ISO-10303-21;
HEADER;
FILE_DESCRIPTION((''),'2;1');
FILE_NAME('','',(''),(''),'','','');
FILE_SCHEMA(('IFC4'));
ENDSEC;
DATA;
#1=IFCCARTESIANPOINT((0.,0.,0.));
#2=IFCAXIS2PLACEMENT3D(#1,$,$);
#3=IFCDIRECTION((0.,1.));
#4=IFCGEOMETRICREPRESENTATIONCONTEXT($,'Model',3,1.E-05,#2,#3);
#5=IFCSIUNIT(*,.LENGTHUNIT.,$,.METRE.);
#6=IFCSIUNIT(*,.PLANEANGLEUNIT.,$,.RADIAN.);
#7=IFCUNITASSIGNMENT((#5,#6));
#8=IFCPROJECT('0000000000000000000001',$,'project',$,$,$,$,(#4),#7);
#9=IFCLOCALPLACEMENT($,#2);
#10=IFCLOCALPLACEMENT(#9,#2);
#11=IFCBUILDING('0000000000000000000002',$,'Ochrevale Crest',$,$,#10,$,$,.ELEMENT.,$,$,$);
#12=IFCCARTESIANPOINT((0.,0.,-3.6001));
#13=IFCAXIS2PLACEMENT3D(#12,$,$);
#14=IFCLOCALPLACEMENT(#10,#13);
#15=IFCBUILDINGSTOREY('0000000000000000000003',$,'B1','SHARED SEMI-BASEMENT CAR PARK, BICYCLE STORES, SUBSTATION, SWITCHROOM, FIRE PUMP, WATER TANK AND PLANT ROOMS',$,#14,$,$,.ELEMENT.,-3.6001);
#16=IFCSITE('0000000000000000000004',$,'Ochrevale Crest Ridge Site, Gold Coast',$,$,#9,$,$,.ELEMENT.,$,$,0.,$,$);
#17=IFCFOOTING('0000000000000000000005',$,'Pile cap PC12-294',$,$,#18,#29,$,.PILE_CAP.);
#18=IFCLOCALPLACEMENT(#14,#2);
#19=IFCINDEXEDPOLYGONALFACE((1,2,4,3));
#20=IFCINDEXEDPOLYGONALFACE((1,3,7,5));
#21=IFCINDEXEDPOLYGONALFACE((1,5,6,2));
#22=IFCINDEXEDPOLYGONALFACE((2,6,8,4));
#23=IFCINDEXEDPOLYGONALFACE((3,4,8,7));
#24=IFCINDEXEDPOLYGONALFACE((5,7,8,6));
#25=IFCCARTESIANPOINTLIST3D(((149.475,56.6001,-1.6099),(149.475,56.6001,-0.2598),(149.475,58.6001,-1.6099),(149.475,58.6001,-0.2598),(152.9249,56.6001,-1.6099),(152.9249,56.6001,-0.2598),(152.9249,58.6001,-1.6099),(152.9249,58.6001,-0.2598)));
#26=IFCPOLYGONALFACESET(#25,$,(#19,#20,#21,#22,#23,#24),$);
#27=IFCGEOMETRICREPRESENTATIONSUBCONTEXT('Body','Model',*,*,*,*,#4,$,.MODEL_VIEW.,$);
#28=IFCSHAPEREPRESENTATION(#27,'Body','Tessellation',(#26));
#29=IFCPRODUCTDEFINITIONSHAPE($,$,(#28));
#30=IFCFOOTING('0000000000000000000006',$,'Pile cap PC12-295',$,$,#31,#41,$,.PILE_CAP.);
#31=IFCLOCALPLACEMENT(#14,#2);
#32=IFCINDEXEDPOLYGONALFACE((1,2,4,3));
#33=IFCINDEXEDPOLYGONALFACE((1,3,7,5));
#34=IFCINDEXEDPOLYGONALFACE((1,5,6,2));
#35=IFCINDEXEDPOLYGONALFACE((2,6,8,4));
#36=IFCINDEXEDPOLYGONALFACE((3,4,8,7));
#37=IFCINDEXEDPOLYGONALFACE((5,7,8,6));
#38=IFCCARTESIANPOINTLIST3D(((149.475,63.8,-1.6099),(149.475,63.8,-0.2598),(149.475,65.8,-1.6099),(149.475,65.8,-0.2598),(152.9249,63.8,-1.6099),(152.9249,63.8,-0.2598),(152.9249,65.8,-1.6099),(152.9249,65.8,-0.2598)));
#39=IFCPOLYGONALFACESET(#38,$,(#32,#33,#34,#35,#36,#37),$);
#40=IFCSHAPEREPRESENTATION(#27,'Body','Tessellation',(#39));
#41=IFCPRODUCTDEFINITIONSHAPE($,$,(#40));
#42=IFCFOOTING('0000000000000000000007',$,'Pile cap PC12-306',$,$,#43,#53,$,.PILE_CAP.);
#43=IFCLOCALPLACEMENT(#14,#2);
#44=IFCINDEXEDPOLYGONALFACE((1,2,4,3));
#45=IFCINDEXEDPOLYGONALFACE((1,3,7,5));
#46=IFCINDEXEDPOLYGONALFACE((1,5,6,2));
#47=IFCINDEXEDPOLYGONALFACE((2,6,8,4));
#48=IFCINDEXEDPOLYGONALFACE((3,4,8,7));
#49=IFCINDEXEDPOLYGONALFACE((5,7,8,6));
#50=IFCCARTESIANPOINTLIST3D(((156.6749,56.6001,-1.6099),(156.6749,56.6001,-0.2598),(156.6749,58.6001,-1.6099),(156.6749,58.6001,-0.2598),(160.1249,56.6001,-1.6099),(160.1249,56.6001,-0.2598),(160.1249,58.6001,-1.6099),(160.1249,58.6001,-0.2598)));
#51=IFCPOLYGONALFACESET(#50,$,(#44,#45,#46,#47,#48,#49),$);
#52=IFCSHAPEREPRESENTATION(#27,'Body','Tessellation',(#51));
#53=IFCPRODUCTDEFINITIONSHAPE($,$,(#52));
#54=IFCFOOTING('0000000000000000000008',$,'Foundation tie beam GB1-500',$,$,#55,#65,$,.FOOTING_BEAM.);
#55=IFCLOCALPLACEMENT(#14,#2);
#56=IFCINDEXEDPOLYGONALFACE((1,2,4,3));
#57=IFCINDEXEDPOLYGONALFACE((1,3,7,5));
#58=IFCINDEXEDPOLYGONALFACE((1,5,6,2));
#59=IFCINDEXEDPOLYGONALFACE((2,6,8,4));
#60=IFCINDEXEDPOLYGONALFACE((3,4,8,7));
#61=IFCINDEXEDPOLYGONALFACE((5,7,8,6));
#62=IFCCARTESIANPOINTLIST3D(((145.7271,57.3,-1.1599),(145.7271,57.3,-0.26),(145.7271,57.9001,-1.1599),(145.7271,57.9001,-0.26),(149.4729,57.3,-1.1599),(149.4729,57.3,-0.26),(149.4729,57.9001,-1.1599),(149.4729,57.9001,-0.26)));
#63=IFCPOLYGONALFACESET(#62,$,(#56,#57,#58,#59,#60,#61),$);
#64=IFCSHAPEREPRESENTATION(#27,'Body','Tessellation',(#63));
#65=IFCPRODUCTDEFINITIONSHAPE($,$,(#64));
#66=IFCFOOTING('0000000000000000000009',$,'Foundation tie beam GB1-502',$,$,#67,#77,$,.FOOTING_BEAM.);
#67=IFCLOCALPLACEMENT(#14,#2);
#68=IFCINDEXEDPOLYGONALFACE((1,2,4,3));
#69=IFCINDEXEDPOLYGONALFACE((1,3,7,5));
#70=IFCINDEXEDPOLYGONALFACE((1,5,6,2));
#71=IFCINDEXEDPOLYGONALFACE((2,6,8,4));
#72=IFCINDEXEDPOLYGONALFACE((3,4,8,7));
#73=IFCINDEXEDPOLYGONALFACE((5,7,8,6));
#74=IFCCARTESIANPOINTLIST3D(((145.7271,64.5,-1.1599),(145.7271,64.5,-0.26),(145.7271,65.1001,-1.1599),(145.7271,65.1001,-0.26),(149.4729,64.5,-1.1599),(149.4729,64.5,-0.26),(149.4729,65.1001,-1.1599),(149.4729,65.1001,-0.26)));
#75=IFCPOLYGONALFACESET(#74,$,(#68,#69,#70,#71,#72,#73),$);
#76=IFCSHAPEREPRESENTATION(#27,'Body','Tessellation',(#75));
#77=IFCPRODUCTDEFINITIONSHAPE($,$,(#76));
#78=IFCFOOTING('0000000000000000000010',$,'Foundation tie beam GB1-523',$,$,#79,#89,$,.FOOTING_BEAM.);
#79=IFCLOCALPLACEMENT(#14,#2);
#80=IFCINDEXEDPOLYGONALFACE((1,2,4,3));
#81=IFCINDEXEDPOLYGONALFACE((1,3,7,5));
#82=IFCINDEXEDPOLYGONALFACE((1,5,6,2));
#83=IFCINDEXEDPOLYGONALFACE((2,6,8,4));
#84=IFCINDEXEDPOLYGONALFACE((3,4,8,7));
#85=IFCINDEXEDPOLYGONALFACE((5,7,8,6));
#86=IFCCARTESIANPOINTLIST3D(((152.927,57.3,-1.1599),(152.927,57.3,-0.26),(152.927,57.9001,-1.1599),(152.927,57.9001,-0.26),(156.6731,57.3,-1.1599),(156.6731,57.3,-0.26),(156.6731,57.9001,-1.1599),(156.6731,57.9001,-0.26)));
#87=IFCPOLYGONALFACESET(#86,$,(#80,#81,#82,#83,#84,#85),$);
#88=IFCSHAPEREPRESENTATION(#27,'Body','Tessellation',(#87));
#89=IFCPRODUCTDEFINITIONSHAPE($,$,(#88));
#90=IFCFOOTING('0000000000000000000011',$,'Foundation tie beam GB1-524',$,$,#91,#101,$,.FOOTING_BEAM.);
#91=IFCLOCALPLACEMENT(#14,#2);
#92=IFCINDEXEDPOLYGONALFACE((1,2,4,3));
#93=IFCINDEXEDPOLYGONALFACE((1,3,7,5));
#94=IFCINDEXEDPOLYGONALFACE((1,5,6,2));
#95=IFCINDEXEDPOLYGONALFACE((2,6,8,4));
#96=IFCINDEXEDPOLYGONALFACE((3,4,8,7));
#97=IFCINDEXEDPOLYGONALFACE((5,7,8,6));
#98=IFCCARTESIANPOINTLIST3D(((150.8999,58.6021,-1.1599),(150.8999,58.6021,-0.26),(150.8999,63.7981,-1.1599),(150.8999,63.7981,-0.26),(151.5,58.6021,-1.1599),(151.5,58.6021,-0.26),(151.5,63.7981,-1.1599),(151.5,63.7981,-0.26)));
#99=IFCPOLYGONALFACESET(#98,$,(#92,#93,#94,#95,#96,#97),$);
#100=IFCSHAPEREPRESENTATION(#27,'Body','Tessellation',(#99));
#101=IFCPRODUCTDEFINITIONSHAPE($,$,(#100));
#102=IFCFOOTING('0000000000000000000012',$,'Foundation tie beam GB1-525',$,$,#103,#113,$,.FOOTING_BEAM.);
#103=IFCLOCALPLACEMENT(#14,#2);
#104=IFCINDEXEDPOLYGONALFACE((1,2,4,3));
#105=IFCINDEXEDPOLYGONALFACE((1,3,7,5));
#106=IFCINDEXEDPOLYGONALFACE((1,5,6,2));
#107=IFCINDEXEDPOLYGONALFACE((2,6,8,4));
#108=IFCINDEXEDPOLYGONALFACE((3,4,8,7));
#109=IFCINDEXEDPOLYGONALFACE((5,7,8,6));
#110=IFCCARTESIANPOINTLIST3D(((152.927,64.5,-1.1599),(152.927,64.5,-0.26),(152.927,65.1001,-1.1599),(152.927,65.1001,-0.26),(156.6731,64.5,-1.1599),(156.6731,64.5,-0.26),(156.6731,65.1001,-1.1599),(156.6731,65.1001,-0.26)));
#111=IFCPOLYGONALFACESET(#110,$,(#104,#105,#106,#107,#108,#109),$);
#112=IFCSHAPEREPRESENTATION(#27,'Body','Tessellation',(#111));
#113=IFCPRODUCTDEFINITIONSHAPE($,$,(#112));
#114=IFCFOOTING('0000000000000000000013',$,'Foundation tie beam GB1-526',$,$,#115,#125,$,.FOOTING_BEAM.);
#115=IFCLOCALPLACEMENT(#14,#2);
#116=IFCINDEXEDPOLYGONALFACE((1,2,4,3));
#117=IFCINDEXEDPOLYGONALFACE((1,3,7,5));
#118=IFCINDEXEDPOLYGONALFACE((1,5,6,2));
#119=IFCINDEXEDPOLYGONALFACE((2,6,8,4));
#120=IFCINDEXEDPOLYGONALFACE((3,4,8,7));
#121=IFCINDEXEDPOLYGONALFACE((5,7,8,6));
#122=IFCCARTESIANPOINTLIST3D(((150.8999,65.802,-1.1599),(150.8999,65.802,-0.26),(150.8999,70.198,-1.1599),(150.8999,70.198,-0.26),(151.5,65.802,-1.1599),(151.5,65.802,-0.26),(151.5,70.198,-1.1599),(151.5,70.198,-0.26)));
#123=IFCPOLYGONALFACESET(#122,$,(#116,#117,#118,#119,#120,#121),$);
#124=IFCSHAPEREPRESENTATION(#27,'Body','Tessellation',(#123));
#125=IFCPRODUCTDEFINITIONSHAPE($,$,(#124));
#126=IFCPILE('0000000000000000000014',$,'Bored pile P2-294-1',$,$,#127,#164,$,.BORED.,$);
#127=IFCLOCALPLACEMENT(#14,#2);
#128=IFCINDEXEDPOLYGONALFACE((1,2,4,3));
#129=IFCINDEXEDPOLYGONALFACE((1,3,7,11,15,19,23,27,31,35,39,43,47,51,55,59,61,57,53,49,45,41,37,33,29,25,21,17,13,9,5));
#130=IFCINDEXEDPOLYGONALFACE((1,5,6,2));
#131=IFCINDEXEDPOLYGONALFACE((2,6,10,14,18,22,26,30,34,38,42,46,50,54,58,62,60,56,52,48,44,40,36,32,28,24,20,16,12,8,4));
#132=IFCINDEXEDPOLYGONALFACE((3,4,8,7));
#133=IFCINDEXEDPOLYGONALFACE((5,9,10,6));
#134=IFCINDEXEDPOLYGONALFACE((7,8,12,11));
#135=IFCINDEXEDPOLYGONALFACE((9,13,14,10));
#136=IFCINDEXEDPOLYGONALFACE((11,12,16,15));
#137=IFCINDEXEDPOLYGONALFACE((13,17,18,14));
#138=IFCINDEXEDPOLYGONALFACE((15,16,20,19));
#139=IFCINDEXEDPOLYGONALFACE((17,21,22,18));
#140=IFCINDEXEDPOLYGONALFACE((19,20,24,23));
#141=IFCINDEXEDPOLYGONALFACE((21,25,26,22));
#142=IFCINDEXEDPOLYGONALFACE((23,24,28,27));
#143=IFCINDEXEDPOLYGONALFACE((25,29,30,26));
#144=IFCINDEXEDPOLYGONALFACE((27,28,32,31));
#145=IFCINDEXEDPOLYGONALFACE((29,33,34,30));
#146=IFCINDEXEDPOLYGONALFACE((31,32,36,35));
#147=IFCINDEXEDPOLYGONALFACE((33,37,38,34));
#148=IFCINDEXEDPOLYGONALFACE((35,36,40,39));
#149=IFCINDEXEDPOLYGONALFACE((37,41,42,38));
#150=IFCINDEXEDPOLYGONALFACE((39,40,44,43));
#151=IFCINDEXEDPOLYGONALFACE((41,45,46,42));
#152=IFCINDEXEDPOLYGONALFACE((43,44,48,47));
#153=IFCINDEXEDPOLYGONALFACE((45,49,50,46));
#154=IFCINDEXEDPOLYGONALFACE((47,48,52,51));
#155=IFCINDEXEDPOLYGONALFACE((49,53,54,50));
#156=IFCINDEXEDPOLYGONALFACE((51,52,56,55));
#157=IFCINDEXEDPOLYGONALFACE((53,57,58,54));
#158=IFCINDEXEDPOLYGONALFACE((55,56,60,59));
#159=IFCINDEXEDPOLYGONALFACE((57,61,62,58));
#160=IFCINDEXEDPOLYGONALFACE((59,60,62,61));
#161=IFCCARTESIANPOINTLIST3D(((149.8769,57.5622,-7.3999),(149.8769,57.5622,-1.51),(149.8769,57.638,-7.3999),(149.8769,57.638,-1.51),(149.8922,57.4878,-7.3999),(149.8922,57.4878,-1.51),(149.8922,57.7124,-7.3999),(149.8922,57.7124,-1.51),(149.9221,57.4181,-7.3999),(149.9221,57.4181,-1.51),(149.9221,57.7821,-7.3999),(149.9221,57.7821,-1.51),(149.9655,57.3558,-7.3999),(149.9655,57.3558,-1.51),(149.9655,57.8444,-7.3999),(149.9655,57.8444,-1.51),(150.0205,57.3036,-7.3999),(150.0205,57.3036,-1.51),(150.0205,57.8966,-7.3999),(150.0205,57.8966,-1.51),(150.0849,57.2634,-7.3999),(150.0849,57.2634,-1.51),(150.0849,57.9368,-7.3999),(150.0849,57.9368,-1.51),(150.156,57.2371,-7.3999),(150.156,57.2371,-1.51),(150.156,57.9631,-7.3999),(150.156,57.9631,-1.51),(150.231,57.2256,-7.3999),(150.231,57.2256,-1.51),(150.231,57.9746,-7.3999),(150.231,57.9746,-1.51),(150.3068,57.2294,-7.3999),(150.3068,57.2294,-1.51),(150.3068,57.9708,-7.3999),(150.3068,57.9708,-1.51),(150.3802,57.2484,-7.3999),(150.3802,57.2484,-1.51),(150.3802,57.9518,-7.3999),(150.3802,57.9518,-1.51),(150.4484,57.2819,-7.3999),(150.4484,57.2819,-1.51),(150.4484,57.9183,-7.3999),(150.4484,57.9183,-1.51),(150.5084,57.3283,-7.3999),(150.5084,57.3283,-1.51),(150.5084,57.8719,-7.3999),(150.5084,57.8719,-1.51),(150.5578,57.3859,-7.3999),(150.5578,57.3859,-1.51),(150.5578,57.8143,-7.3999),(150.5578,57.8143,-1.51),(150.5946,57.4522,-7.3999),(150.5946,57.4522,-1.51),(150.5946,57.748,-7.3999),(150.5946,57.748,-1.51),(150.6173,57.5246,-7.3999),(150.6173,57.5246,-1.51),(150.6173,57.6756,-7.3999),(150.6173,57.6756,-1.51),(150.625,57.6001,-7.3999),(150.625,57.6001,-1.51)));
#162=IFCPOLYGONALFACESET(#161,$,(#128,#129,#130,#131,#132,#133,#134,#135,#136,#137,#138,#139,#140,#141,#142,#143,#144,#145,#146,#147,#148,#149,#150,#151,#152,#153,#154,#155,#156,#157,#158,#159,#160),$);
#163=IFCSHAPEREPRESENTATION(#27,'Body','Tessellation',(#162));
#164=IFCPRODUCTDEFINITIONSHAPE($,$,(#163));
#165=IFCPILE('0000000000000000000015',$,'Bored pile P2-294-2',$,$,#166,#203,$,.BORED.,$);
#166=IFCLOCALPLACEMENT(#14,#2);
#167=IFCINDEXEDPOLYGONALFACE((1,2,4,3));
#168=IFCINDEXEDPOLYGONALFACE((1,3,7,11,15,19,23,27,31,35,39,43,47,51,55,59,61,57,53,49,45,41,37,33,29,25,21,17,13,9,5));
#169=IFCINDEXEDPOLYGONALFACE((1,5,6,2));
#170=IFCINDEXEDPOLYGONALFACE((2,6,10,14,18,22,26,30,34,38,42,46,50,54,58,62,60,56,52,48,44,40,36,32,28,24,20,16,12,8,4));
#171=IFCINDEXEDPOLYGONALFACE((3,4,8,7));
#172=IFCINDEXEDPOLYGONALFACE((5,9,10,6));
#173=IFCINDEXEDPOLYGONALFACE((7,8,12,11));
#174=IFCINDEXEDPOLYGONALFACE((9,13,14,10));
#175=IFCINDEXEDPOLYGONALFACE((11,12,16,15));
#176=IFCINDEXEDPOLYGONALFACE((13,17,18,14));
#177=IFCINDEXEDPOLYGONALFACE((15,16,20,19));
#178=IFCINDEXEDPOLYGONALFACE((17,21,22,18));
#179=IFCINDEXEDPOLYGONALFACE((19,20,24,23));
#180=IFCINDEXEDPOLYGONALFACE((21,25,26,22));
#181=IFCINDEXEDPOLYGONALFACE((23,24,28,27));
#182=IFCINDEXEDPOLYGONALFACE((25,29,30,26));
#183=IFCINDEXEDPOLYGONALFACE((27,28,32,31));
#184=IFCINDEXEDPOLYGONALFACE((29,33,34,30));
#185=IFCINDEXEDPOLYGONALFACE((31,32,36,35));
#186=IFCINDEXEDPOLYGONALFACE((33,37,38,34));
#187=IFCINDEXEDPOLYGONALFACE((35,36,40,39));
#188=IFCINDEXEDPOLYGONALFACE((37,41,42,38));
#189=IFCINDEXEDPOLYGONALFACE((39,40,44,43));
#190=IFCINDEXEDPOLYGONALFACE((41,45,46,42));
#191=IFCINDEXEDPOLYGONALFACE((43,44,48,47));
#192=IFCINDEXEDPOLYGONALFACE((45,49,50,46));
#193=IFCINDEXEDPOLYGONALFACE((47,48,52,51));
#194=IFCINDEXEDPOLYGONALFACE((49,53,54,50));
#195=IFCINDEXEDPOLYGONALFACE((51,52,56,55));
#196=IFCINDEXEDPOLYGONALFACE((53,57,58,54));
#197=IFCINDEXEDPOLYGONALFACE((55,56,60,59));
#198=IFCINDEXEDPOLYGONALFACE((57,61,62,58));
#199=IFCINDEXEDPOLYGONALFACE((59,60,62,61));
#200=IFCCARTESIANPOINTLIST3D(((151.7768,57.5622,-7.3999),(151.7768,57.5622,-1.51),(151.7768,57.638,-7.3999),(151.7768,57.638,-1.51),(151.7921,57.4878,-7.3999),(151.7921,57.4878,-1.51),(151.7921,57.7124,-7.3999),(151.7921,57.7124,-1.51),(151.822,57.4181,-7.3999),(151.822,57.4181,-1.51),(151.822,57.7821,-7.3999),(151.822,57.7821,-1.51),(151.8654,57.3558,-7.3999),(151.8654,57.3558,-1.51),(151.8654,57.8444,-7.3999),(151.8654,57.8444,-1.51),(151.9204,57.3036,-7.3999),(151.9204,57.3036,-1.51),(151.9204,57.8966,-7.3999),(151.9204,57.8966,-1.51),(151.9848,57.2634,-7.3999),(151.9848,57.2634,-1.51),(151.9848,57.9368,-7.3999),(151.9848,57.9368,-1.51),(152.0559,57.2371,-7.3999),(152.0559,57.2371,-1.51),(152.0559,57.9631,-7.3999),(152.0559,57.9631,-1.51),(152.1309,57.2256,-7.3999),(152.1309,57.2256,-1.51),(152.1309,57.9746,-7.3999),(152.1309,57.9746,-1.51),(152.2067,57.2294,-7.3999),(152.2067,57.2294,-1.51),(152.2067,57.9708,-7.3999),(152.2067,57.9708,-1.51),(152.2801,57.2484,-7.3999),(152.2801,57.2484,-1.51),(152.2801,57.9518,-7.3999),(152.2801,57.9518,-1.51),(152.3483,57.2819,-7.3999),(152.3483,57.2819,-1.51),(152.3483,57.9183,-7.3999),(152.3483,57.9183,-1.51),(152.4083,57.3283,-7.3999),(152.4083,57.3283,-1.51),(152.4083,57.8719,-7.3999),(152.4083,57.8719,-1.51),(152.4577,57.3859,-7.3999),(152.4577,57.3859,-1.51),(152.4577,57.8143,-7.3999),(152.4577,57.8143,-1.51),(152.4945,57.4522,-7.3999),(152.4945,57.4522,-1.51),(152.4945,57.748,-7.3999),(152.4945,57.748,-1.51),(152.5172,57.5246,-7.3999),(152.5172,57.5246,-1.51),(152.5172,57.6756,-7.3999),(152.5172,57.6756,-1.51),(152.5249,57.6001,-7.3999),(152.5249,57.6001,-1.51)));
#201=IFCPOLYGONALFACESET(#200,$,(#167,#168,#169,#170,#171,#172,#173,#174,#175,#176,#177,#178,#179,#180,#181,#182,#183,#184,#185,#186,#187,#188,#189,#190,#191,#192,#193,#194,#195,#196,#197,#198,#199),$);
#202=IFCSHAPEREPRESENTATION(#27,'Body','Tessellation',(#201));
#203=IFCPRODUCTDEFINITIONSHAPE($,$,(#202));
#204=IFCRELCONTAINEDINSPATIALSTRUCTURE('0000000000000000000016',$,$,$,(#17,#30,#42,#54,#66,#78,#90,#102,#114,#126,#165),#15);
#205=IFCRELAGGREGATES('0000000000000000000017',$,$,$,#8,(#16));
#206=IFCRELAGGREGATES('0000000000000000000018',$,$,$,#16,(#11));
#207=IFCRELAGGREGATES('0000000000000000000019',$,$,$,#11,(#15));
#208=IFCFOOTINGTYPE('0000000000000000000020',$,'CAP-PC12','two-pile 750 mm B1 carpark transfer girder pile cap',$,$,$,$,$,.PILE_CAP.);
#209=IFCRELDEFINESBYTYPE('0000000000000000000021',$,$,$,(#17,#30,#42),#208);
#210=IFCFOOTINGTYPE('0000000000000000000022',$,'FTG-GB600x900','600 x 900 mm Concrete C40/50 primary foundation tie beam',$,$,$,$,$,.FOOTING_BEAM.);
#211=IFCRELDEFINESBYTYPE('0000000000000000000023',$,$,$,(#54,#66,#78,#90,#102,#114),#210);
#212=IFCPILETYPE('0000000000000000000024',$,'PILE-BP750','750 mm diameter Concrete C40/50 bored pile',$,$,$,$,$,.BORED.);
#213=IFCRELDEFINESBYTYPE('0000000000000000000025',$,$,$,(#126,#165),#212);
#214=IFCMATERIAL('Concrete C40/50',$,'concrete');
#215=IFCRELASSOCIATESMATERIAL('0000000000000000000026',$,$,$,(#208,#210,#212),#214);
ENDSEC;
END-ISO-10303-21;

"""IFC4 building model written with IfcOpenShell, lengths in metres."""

from ifc_helpers import new_model, si_unit, direction, frame, origin, origin_2d, place, context, subcontext, project, spatial, rectangle, circle, extrude, material, material_profile, profile_set, type_object, element, save


model = new_model("IFC4")

# Units and contexts
model_context = context("Model", 3, precision=1e-05, world=origin(), true_north=direction((0.0, 1.0)))
body_context = subcontext(model_context, "Body", "Model", "MODEL_VIEW")
ifc_project = project(units=[si_unit("LENGTHUNIT", "METRE"), si_unit("PLANEANGLEUNIT", "RADIAN")], contexts=[model_context])

# Site, building, storey
site_placement = place(None, origin())
site = spatial("IfcSite", under=ifc_project, at=site_placement, Name="Ochrevale Crest Ridge Site, Gold Coast", CompositionType="ELEMENT", RefElevation=0.0)
building_placement = place(site_placement, origin())
building = spatial("IfcBuilding", under=site, at=building_placement, Name="Ochrevale Crest", CompositionType="ELEMENT")
storey_placement = place(building_placement, frame((0.0, 0.0, -3.6001)))
storey = spatial("IfcBuildingStorey", under=building, at=storey_placement, Name="B1", Description="SHARED SEMI-BASEMENT CAR PARK, BICYCLE STORES, SUBSTATION, SWITCHROOM, FIRE PUMP, WATER TANK AND PLANT ROOMS", CompositionType="ELEMENT", Elevation=-3.6001)

# Footings
ifc_material_1 = material(Name="Concrete C40/50", Category="concrete")
footing_type_1 = type_object("IfcFootingType", Name="CAP-PC12", Description="two-pile 750 mm B1 carpark transfer girder pile cap", PredefinedType="PILE_CAP", material=ifc_material_1)
for number, where, z_axis, x_axis, name in (
    (1, (151.2, 57.6001, -1.6099), (0.0, 0.0, 1.0), (1.0, 0.0, 0.0), "Pile cap PC12-294"),
    (2, (151.2, 64.8, -1.6099), (0.0, 0.0, 1.0), (1.0, 0.0, 0.0), "Pile cap PC12-295"),
    (3, (158.3999, 57.6001, -1.6099), (0.0, 0.0, 1.0), (1.0, 0.0, 0.0), "Pile cap PC12-306"),
):
    element("IfcFooting", number, at=place(storey_placement, frame(where, z_axis=z_axis, x_axis=x_axis)), inside=storey, type_object=footing_type_1, Name=name, PredefinedType="PILE_CAP", context=body_context, shape_type="SweptSolid", body=[
        extrude(rectangle(XDim=3.45, YDim=2.0, at=origin_2d()), origin(), (0.0, 0.0, 1.0), 1.3501),
    ])
ifc_material_profile_1 = material_profile(ifc_material_1, rectangle(XDim=0.6001, YDim=0.8999, at=origin_2d()), Name="GB 600x900")
ifc_profile_set_1 = profile_set([ifc_material_profile_1], Name="Concrete C40/50")
footing_type_2 = type_object("IfcFootingType", Name="FTG-GB600x900", Description="600 x 900 mm Concrete C40/50 primary foundation tie beam", PredefinedType="FOOTING_BEAM", material=ifc_profile_set_1)
for number, where, z_axis, x_axis, name in (
    (4, (145.7271, 57.6001, -0.71), (1.0, 0.0, 0.0), (0.0, 1.0, 0.0), "Foundation tie beam GB1-500"),
    (5, (145.7271, 64.8, -0.71), (1.0, 0.0, 0.0), (0.0, 1.0, 0.0), "Foundation tie beam GB1-502"),
):
    element("IfcFooting", number, at=place(storey_placement, frame(where, z_axis=z_axis, x_axis=x_axis)), inside=storey, type_object=footing_type_2, Name=name, PredefinedType="FOOTING_BEAM", context=body_context, shape_type="SweptSolid", body=[
        extrude(rectangle(XDim=0.6001, YDim=0.8999, at=origin_2d()), origin(), (0.0, 0.0, 1.0), 3.7458),
    ])
footing_1_placement = place(storey_placement, frame((152.927, 57.6001, -0.71), z_axis=(1.0, 0.0, 0.0), x_axis=(0.0, 1.0, 0.0)))
element("IfcFooting", 6, at=footing_1_placement, inside=storey, type_object=footing_type_2, Name="Foundation tie beam GB1-523", PredefinedType="FOOTING_BEAM", context=body_context, shape_type="SweptSolid", body=[
    extrude(rectangle(XDim=0.6001, YDim=0.8999, at=origin_2d()), origin(), (0.0, 0.0, 1.0), 3.7461),
])
footing_2_placement = place(storey_placement, frame((151.2, 58.6021, -0.71), z_axis=(0.0, 1.0, 0.0), x_axis=(-1.0, 0.0, 0.0)))
element("IfcFooting", 7, at=footing_2_placement, inside=storey, type_object=footing_type_2, Name="Foundation tie beam GB1-524", PredefinedType="FOOTING_BEAM", context=body_context, shape_type="SweptSolid", body=[
    extrude(rectangle(XDim=0.6001, YDim=0.8999, at=origin_2d()), origin(), (0.0, 0.0, 1.0), 5.196),
])
footing_3_placement = place(storey_placement, frame((152.927, 64.8, -0.71), z_axis=(1.0, 0.0, 0.0), x_axis=(0.0, 1.0, 0.0)))
element("IfcFooting", 8, at=footing_3_placement, inside=storey, type_object=footing_type_2, Name="Foundation tie beam GB1-525", PredefinedType="FOOTING_BEAM", context=body_context, shape_type="SweptSolid", body=[
    extrude(rectangle(XDim=0.6001, YDim=0.8999, at=origin_2d()), origin(), (0.0, 0.0, 1.0), 3.7461),
])
footing_4_placement = place(storey_placement, frame((151.2, 65.802, -0.71), z_axis=(0.0, 1.0, 0.0), x_axis=(-1.0, 0.0, 0.0)))
element("IfcFooting", 9, at=footing_4_placement, inside=storey, type_object=footing_type_2, Name="Foundation tie beam GB1-526", PredefinedType="FOOTING_BEAM", context=body_context, shape_type="SweptSolid", body=[
    extrude(rectangle(XDim=0.6001, YDim=0.8999, at=origin_2d()), origin(), (0.0, 0.0, 1.0), 4.396),
])

# Piles
ifc_material_profile_2 = material_profile(ifc_material_1, circle(Radius=0.375, at=origin_2d()), Name="BORED PILE 750")
ifc_profile_set_2 = profile_set([ifc_material_profile_2], Name="Concrete C40/50")
pile_type = type_object("IfcPileType", Name="PILE-BP750", Description="750 mm diameter Concrete C40/50 bored pile", PredefinedType="BORED", material=ifc_profile_set_2)
for number, where, z_axis, x_axis, name in (
    (10, (150.25, 57.6001, -1.51), (0.0, 0.0, -1.0), (1.0, 0.0, 0.0), "Bored pile P2-294-1"),
    (11, (152.1499, 57.6001, -1.51), (0.0, 0.0, -1.0), (1.0, 0.0, 0.0), "Bored pile P2-294-2"),
):
    element("IfcPile", number, at=place(storey_placement, frame(where, z_axis=z_axis, x_axis=x_axis)), inside=storey, type_object=pile_type, Name=name, PredefinedType="BORED", context=body_context, shape_type="SweptSolid", body=[
        extrude(circle(Radius=0.375, at=origin_2d()), origin(), (0.0, 0.0, 1.0), 5.8899),
    ])

save(model, "model.ifc")
